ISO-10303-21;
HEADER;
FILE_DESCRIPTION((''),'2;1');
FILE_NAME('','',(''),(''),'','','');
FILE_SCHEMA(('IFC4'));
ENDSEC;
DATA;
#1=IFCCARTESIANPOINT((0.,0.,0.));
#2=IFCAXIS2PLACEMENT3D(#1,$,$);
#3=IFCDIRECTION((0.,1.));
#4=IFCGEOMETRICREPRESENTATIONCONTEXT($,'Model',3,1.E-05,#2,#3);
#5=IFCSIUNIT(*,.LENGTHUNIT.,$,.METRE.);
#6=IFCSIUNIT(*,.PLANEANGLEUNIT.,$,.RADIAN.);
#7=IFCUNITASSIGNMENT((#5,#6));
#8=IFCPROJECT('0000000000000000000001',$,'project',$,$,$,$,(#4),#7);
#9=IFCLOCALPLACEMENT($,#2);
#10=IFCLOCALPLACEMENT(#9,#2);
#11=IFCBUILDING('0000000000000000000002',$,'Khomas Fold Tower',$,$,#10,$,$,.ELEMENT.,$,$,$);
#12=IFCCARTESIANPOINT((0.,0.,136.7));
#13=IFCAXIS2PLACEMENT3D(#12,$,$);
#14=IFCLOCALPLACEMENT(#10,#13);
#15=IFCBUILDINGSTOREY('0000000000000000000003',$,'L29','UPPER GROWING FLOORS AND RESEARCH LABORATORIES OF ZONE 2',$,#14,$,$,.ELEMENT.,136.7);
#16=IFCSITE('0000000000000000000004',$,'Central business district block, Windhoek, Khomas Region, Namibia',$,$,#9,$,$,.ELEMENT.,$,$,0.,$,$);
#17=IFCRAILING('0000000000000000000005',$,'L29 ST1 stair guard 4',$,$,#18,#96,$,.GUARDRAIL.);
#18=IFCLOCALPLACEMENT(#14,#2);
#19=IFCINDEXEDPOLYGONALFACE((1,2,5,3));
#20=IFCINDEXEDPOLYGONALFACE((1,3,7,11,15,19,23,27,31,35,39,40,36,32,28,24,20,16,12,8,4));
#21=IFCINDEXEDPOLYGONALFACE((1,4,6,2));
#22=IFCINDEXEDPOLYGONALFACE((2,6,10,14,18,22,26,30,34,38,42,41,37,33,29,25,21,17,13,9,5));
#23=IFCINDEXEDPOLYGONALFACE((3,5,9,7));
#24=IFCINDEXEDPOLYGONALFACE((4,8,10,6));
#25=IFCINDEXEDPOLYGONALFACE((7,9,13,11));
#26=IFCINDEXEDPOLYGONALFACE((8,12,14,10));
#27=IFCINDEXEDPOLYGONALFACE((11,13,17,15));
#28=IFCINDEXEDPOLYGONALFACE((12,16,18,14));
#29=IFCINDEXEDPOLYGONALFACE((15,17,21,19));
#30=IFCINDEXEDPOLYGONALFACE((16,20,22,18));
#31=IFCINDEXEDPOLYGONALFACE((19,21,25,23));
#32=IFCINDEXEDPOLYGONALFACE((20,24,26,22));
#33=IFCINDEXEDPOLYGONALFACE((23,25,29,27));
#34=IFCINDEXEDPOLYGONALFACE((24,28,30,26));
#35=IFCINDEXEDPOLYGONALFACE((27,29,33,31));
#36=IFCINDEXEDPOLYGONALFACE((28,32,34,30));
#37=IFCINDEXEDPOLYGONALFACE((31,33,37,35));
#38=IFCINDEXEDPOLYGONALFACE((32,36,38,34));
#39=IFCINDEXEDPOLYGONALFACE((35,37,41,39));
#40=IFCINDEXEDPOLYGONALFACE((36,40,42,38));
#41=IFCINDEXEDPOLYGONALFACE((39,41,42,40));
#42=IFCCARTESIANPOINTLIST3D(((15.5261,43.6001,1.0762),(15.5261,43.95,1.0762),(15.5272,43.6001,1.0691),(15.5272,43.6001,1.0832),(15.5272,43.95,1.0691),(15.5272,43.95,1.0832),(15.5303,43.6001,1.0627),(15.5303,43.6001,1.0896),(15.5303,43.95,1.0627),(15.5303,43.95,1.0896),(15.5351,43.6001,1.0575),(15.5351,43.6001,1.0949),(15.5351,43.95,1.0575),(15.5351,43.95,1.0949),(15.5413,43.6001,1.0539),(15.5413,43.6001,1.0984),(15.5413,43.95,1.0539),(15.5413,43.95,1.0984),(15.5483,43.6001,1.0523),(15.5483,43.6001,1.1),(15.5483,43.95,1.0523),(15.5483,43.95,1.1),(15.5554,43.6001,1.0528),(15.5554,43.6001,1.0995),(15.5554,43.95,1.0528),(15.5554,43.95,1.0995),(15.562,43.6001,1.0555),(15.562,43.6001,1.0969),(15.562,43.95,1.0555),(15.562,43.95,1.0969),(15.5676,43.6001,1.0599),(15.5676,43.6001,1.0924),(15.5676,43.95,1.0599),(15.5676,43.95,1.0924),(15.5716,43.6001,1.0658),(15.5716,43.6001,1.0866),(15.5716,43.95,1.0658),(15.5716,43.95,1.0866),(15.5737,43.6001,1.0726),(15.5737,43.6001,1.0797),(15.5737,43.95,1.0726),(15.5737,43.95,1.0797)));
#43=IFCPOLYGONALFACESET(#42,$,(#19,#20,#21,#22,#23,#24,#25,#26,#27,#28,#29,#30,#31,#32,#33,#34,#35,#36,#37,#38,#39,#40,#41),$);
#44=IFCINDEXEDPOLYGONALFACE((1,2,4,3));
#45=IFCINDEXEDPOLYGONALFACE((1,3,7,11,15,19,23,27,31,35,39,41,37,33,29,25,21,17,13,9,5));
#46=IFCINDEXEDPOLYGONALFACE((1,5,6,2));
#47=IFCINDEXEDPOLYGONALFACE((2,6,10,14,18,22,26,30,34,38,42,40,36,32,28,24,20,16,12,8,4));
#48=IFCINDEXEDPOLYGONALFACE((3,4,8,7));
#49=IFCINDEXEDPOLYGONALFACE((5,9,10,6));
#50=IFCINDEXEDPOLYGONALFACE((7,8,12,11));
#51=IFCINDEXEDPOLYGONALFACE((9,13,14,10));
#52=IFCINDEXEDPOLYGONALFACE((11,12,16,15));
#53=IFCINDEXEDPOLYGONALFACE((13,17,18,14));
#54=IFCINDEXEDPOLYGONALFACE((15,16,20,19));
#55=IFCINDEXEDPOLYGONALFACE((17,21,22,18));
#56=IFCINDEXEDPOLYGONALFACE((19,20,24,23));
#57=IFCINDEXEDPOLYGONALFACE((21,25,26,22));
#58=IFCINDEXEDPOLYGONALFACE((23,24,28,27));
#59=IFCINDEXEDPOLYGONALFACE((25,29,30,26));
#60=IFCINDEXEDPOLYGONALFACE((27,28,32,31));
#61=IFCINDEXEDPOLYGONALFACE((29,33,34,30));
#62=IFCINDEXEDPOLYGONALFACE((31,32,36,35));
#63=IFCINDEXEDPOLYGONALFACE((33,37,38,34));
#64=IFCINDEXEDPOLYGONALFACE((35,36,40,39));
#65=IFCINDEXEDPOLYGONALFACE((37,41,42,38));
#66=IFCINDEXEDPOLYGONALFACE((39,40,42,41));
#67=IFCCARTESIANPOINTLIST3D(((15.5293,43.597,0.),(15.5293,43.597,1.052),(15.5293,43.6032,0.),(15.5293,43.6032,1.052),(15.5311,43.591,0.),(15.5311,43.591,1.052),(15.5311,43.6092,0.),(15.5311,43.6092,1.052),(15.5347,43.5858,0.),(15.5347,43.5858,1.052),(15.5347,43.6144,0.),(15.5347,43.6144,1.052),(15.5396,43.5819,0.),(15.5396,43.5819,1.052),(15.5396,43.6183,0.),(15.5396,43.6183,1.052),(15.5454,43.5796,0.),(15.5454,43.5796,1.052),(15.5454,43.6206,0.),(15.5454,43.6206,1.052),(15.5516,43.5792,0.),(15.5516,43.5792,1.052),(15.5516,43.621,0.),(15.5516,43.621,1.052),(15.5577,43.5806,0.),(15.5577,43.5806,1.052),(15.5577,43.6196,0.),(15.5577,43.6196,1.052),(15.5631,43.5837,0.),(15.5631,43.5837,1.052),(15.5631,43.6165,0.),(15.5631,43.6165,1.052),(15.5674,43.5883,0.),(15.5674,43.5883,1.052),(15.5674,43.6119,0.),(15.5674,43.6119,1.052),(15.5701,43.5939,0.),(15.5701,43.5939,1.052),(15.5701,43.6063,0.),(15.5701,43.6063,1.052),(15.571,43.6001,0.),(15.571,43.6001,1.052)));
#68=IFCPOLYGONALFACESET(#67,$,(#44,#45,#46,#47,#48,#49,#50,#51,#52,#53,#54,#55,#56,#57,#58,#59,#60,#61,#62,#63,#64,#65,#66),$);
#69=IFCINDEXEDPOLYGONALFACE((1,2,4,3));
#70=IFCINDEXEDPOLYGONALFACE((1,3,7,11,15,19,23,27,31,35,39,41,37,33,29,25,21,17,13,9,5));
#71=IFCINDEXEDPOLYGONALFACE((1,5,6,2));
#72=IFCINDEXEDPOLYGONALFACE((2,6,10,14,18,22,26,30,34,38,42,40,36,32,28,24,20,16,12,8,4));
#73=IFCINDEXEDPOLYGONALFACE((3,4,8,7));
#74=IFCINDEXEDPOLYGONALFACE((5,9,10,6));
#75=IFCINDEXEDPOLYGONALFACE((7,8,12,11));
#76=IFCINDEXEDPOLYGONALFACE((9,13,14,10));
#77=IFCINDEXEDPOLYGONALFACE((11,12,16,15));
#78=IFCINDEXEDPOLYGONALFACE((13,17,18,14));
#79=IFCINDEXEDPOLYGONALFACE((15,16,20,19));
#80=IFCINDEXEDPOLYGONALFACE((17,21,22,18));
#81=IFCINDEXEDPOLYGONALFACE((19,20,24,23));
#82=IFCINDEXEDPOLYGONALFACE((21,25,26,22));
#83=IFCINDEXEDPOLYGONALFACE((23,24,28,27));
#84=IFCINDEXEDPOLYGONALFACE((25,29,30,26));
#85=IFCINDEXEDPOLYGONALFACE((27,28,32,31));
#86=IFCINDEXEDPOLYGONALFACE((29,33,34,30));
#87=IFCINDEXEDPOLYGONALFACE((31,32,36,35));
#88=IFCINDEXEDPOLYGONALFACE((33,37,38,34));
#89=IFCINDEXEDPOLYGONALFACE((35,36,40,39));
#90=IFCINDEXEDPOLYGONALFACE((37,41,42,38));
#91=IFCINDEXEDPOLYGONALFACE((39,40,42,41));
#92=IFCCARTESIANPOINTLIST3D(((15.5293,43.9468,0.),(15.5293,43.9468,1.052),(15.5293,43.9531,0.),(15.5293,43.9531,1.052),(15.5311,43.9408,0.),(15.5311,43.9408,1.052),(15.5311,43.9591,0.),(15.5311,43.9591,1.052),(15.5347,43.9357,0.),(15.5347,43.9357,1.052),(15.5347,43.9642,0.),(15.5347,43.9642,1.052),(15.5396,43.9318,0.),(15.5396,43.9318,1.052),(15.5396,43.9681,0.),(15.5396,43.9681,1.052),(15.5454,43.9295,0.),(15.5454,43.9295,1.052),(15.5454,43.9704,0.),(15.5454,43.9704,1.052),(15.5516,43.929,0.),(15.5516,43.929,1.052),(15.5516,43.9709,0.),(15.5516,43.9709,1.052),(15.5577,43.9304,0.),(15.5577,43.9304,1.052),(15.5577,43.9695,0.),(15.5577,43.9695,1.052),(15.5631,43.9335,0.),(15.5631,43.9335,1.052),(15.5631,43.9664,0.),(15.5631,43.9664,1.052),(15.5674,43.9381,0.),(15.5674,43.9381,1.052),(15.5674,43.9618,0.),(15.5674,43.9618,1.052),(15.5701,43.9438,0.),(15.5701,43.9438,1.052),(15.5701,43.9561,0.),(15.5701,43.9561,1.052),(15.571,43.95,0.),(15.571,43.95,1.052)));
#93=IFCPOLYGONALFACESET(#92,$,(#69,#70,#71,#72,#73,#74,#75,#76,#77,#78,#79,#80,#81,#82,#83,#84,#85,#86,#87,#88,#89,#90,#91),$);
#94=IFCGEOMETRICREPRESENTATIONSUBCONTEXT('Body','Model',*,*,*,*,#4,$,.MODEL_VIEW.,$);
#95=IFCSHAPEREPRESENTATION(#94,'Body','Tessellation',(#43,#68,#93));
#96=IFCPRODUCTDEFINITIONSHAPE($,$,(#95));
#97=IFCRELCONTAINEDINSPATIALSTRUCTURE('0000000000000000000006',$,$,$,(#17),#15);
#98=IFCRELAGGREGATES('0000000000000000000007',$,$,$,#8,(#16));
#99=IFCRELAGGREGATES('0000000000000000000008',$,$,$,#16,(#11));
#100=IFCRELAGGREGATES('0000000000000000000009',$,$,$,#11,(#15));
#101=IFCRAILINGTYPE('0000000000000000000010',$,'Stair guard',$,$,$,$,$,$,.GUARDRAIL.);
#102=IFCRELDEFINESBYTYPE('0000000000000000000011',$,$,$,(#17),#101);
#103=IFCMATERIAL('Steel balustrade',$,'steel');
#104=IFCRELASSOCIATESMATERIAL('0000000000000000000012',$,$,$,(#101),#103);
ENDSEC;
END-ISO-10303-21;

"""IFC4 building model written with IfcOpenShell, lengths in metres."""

from ifc_helpers import new_model, si_unit, direction, frame, origin, origin_2d, place, context, subcontext, project, spatial, circle, extrude, source, transform, mapped, material, type_object, element, save


model = new_model("IFC4")

# Units and contexts
model_context = context("Model", 3, precision=1e-05, world=origin(), true_north=direction((0.0, 1.0)))
body_context = subcontext(model_context, "Body", "Model", "MODEL_VIEW")
ifc_project = project(units=[si_unit("LENGTHUNIT", "METRE"), si_unit("PLANEANGLEUNIT", "RADIAN")], contexts=[model_context])

# Site, building, storey
site_placement = place(None, origin())
site = spatial("IfcSite", under=ifc_project, at=site_placement, Name="Central business district block, Windhoek, Khomas Region, Namibia", CompositionType="ELEMENT", RefElevation=0.0)
building_placement = place(site_placement, origin())
building = spatial("IfcBuilding", under=site, at=building_placement, Name="Khomas Fold Tower", CompositionType="ELEMENT")
storey_placement = place(building_placement, frame((0.0, 0.0, 136.7)))
storey = spatial("IfcBuildingStorey", under=building, at=storey_placement, Name="L29", Description="UPPER GROWING FLOORS AND RESEARCH LABORATORIES OF ZONE 2", CompositionType="ELEMENT", Elevation=136.7)

# Railing
ifc_material_1 = material(Name="Steel balustrade", Category="steel")
railing_type_1 = type_object("IfcRailingType", Name="Stair guard", PredefinedType="GUARDRAIL", material=ifc_material_1)
shared_shape_1 = source(origin(), body_context, "Body", "SweptSolid", [
    extrude(circle(Radius=0.0239, at=origin_2d()), frame((0.0, 0.0, 1.0762), z_axis=(0.0, 1.0, 0.0), x_axis=(-1.0, 0.0, 0.0)), (0.0, 0.0, 1.0), 0.3499),
    extrude(circle(Radius=0.021, at=origin_2d()), origin(), (0.0, 0.0, 1.0), 1.052),
    extrude(circle(Radius=0.021, at=origin_2d()), frame((0.0, 0.3499, 0.0)), (0.0, 0.0, 1.0), 1.052),
])
for number, where, name in (
    (1, (15.55, 43.6001, 0.0), "L29 ST1 stair guard 4"),
):
    element("IfcRailing", number, at=place(storey_placement, frame(where)), inside=storey, type_object=railing_type_1, Name=name, PredefinedType="GUARDRAIL", context=body_context, shape_type="MappedRepresentation", body=[
        mapped(shared_shape_1, transform((0.0, 0.0, 0.0))),
    ])

save(model, "model.ifc")
